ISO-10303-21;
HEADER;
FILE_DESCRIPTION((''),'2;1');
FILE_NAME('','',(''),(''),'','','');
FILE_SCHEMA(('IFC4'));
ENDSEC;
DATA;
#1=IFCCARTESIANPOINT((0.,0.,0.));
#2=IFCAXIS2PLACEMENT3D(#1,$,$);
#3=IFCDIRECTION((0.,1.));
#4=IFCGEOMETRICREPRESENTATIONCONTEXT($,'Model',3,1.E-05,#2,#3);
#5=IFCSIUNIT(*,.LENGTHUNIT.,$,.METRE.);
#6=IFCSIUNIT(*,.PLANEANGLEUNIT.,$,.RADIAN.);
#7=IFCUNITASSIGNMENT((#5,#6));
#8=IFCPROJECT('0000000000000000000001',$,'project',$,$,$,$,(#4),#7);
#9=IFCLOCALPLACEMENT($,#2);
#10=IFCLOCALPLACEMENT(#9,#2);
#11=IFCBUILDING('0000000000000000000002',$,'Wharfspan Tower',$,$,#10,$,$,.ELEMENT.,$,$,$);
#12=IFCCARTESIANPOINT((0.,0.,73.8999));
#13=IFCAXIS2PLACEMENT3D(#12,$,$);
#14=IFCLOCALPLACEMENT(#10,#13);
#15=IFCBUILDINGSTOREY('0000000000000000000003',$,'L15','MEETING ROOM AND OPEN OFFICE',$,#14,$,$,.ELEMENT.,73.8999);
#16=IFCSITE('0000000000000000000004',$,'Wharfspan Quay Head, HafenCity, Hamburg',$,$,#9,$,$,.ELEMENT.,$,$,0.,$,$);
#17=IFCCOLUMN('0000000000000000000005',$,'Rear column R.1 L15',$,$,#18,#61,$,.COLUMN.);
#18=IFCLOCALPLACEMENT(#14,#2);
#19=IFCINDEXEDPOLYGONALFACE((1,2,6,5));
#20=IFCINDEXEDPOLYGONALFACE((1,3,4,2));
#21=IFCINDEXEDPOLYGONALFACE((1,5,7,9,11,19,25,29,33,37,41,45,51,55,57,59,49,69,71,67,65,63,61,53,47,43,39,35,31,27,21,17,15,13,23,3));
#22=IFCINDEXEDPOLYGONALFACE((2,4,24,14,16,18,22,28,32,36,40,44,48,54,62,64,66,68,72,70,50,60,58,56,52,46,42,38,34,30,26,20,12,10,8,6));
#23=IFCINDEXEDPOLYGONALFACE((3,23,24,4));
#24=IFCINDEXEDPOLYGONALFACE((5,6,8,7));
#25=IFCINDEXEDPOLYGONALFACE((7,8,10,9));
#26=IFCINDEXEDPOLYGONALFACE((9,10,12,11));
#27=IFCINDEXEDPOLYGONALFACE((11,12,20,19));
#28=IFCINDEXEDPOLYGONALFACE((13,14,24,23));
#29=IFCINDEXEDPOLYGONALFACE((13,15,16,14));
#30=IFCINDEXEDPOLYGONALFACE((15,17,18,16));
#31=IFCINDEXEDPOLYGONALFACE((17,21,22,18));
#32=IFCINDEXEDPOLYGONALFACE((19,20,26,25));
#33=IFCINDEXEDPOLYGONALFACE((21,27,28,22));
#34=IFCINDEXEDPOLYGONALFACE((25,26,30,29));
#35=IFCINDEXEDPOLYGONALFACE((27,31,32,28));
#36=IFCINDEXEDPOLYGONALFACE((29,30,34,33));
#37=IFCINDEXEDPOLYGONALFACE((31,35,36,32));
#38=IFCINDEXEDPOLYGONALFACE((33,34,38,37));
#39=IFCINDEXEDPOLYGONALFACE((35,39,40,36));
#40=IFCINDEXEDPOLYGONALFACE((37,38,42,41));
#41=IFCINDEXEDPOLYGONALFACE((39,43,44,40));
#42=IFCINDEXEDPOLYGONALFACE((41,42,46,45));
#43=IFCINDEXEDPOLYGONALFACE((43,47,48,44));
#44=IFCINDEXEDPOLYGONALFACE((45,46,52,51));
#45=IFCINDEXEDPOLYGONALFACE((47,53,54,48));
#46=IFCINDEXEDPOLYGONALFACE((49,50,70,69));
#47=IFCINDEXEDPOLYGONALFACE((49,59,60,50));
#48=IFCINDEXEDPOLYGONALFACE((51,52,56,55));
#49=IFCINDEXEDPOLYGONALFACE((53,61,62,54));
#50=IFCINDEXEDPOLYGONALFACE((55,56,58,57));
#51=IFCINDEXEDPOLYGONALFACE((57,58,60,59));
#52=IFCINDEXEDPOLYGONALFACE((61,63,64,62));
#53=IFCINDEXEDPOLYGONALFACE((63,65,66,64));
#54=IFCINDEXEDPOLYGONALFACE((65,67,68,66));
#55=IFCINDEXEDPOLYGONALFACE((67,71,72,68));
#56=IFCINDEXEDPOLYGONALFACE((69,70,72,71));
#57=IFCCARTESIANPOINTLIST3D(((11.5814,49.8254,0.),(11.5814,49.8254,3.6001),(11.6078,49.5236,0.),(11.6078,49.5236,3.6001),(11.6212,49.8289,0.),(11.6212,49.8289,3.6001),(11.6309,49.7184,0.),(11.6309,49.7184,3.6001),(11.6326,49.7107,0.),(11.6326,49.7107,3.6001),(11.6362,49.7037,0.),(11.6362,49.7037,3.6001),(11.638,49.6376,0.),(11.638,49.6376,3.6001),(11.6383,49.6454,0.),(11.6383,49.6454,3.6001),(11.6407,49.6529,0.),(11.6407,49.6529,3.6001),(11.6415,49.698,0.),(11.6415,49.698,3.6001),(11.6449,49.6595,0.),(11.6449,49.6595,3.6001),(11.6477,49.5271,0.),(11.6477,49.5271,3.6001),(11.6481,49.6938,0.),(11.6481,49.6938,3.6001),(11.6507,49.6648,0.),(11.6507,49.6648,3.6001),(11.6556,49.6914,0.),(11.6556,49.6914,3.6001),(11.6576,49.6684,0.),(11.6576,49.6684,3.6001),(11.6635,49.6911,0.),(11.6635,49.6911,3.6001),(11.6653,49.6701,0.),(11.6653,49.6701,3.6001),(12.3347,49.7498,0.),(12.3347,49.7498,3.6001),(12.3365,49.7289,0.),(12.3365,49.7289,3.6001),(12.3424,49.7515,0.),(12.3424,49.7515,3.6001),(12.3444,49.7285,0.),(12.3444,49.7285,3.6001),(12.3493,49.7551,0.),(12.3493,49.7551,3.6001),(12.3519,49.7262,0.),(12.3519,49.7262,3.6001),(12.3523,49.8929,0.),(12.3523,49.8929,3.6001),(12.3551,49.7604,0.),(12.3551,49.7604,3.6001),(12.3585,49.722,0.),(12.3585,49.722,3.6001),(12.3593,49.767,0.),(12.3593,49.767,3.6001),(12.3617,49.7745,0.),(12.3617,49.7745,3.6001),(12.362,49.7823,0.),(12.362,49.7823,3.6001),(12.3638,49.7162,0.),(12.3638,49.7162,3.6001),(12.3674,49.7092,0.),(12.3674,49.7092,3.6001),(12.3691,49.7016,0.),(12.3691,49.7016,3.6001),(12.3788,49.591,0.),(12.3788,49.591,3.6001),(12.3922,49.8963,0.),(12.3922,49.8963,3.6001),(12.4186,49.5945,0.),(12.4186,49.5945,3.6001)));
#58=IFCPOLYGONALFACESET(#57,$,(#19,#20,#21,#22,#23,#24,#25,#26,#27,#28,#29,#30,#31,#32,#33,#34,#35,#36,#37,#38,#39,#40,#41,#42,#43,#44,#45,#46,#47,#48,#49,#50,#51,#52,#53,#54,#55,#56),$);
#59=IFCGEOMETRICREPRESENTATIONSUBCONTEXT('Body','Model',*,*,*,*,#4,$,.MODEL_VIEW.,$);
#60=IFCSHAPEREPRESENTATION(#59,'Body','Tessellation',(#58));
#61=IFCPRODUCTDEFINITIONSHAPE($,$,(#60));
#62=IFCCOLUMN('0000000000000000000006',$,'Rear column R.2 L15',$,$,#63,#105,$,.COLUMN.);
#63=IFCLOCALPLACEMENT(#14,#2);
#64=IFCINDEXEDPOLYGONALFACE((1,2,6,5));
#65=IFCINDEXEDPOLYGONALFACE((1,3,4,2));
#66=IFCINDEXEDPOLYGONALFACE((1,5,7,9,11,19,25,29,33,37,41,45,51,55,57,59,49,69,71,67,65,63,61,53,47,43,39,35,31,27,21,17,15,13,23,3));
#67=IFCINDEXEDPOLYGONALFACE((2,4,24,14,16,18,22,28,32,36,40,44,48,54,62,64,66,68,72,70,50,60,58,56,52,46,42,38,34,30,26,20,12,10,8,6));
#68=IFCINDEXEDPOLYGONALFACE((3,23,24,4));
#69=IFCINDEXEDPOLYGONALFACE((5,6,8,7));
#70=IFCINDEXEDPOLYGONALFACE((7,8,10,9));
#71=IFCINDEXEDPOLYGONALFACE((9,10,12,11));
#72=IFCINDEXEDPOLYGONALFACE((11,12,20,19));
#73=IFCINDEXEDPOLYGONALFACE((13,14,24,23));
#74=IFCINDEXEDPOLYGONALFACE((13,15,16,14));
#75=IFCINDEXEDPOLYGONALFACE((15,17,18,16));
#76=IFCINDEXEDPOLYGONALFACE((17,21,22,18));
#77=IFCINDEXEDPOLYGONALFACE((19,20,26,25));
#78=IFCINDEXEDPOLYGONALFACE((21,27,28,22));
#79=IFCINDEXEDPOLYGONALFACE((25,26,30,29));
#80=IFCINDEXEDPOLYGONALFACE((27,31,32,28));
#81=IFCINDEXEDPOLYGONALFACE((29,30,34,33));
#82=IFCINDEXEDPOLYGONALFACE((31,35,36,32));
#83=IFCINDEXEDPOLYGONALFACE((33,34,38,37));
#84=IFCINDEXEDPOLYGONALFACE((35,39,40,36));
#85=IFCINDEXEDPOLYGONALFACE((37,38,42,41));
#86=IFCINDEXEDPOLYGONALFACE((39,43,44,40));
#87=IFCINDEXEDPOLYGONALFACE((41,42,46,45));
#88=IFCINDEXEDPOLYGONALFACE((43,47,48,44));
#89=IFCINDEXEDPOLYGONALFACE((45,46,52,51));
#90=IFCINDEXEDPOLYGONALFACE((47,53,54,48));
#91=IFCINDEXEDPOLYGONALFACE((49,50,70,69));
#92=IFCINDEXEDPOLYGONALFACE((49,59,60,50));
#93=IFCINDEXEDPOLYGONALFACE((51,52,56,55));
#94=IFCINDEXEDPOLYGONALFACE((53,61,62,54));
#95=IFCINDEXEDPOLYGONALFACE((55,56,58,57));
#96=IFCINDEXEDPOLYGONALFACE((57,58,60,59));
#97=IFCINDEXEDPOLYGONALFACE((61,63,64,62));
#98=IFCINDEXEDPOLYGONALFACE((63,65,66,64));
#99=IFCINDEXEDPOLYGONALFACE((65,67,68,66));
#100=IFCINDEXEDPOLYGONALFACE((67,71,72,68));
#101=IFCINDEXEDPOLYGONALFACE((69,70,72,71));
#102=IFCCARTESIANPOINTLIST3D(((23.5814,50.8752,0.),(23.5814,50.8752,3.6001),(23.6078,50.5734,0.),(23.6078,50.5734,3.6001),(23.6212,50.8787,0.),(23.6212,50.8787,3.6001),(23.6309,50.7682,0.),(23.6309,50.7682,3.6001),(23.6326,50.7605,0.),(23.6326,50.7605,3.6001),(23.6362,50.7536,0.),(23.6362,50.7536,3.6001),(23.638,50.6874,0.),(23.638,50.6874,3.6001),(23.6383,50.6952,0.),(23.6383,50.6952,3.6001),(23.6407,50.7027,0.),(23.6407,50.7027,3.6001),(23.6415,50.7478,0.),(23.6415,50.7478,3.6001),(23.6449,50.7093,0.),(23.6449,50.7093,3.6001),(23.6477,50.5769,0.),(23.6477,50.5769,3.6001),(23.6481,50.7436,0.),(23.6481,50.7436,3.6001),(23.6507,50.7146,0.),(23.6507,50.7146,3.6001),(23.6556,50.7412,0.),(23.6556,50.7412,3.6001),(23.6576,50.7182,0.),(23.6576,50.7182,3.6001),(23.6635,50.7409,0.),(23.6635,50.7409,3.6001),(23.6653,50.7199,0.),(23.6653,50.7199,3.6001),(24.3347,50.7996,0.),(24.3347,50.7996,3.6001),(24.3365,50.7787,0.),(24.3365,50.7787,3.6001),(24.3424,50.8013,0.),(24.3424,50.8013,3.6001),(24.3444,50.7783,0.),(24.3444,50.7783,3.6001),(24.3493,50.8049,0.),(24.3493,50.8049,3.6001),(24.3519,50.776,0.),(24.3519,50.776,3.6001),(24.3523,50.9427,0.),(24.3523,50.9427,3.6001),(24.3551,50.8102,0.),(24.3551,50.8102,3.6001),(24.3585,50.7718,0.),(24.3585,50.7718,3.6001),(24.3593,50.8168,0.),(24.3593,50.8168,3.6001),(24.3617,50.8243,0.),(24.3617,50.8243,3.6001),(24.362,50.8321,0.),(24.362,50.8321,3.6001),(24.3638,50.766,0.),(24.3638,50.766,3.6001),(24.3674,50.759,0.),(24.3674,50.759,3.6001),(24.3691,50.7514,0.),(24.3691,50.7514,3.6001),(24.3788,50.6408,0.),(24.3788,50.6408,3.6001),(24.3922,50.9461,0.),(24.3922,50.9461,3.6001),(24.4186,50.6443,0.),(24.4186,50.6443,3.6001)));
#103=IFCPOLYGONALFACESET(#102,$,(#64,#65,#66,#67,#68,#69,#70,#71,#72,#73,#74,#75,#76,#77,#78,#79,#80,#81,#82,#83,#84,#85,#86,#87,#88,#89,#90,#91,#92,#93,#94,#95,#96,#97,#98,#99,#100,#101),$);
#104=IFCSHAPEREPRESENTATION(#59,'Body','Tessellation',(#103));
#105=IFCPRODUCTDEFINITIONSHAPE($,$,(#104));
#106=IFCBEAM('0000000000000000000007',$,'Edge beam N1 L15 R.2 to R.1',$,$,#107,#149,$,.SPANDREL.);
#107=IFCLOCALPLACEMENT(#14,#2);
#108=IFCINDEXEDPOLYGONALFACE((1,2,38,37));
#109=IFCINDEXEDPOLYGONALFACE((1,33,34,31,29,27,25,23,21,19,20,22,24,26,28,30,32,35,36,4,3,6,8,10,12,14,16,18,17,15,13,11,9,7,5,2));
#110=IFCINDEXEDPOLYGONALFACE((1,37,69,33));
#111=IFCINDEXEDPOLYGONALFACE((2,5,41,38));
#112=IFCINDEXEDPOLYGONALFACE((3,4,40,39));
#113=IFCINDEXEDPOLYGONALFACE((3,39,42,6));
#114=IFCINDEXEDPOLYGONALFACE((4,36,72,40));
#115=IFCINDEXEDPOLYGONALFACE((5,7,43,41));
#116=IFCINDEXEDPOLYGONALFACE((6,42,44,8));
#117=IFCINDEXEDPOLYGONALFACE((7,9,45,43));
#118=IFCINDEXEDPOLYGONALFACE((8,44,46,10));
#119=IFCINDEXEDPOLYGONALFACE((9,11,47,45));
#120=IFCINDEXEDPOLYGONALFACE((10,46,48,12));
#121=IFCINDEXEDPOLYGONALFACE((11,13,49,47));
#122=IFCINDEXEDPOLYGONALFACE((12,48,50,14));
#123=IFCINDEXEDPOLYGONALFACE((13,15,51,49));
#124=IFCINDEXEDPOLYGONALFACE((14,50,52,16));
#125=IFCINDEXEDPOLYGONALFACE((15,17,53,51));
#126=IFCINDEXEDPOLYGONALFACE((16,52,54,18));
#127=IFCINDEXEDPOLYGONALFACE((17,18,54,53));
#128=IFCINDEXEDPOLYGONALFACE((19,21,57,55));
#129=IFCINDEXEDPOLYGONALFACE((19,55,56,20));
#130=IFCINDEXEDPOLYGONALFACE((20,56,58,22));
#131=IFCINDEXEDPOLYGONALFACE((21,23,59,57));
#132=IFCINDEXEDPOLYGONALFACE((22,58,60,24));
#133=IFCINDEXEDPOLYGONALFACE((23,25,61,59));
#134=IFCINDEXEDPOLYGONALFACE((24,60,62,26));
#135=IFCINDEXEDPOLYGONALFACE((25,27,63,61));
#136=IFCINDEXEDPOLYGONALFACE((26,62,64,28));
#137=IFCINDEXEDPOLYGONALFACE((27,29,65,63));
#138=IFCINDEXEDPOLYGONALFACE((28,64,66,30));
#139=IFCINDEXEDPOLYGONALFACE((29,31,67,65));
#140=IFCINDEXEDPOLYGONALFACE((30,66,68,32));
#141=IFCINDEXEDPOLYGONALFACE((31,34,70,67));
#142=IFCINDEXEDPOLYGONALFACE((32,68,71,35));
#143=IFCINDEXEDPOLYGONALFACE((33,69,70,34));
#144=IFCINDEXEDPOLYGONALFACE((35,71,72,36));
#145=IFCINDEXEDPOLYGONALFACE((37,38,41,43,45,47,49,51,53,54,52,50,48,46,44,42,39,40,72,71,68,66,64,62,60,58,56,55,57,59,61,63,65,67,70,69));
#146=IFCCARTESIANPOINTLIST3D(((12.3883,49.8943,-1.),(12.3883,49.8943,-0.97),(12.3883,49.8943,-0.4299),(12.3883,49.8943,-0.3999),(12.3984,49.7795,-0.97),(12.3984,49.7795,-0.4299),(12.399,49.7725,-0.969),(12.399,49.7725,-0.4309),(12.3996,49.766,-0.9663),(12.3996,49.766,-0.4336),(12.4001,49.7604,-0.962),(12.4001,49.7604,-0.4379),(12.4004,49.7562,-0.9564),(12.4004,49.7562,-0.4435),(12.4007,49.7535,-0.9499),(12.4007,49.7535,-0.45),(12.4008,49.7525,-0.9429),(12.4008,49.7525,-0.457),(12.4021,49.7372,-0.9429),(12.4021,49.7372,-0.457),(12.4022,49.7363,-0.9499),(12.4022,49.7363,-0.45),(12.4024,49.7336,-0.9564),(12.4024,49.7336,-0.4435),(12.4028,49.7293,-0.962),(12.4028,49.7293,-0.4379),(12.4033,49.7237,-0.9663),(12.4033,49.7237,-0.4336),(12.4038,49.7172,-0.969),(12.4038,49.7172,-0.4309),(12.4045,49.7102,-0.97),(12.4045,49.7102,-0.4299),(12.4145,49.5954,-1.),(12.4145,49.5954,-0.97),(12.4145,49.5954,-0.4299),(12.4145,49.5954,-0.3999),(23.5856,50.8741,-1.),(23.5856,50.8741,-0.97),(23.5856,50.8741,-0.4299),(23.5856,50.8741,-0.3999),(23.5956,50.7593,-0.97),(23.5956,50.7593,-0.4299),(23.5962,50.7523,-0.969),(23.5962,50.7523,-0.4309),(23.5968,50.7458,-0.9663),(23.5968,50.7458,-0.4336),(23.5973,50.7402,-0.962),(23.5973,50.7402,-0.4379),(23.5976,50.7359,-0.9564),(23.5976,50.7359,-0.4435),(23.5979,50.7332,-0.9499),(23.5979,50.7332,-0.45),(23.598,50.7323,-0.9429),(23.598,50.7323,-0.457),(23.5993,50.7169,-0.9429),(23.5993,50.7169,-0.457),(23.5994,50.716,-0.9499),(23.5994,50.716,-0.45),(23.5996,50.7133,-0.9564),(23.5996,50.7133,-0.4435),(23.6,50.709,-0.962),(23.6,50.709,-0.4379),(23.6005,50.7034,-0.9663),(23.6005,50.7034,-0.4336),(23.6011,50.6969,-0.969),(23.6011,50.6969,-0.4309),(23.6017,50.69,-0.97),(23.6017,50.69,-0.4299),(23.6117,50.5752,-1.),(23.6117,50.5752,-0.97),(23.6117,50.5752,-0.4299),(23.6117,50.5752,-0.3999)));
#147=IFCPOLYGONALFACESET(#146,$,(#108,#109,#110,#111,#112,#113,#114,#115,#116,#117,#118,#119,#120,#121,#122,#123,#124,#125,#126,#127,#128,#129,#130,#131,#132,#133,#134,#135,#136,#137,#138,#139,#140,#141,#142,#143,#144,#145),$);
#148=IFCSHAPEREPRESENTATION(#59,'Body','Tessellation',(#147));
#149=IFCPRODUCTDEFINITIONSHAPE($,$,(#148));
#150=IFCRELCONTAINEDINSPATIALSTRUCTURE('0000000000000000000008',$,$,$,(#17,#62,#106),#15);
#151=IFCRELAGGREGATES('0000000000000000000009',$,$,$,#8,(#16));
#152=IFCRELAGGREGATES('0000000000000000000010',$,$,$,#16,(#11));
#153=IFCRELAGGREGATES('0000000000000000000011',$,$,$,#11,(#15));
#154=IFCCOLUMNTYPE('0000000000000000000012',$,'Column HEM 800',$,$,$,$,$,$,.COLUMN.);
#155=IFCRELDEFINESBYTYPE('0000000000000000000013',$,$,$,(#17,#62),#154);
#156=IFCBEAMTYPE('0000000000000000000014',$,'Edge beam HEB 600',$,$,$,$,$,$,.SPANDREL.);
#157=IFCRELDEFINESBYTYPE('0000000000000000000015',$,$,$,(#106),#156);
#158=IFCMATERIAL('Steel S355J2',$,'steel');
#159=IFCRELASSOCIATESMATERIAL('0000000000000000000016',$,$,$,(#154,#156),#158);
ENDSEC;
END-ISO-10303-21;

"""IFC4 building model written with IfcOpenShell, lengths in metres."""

from ifc_helpers import new_model, si_unit, direction, frame, origin, origin_2d, place, context, subcontext, project, spatial, i_section, extrude, material, material_profile, profile_set, type_object, element, save


model = new_model("IFC4")

# Units and contexts
model_context = context("Model", 3, precision=1e-05, world=origin(), true_north=direction((0.0, 1.0)))
body_context = subcontext(model_context, "Body", "Model", "MODEL_VIEW")
ifc_project = project(units=[si_unit("LENGTHUNIT", "METRE"), si_unit("PLANEANGLEUNIT", "RADIAN")], contexts=[model_context])

# Site, building, storey
site_placement = place(None, origin())
site = spatial("IfcSite", under=ifc_project, at=site_placement, Name="Wharfspan Quay Head, HafenCity, Hamburg", CompositionType="ELEMENT", RefElevation=0.0)
building_placement = place(site_placement, origin())
building = spatial("IfcBuilding", under=site, at=building_placement, Name="Wharfspan Tower", CompositionType="ELEMENT")
storey_placement = place(building_placement, frame((0.0, 0.0, 73.8999)))
storey = spatial("IfcBuildingStorey", under=building, at=storey_placement, Name="L15", Description="MEETING ROOM AND OPEN OFFICE", CompositionType="ELEMENT", Elevation=73.8999)

# Columns
ifc_material_1 = material(Name="Steel S355J2", Category="steel")
ifc_material_profile_1 = material_profile(ifc_material_1, i_section(OverallWidth=0.303, OverallDepth=0.814, WebThickness=0.021, FlangeThickness=0.04, FilletRadius=0.03, at=origin_2d()))
ifc_profile_set_1 = profile_set([ifc_material_profile_1], Name="Steel S355J2")
column_type = type_object("IfcColumnType", Name="Column HEM 800", PredefinedType="COLUMN", material=ifc_profile_set_1)
for number, where, z_axis, x_axis, name in (
    (1, (12.0, 49.71, 0.0), (0.0, 0.0, 1.0), (-0.087156, 0.996197, 0.0), "Rear column R.1 L15"),
    (2, (24.0, 50.7598, 0.0), (0.0, 0.0, 1.0), (-0.087156, 0.996197, 0.0), "Rear column R.2 L15"),
):
    element("IfcColumn", number, at=place(storey_placement, frame(where, z_axis=z_axis, x_axis=x_axis)), inside=storey, type_object=column_type, Name=name, PredefinedType="COLUMN", context=body_context, shape_type="SweptSolid", body=[
        extrude(i_section(OverallWidth=0.303, OverallDepth=0.814, WebThickness=0.021, FlangeThickness=0.04, FilletRadius=0.03, at=origin_2d()), origin(), (0.0, 0.0, 1.0), 3.6001),
    ])

# Beam
ifc_material_profile_2 = material_profile(ifc_material_1, i_section(OverallWidth=0.3, OverallDepth=0.6001, WebThickness=0.0154, FlangeThickness=0.03, FilletRadius=0.0271, at=origin_2d()))
ifc_profile_set_2 = profile_set([ifc_material_profile_2], Name="Steel S355J2")
beam_type = type_object("IfcBeamType", Name="Edge beam HEB 600", PredefinedType="SPANDREL", material=ifc_profile_set_2)
beam_placement = place(storey_placement, frame((23.5986, 50.7246, -0.7), z_axis=(-0.996194, -0.087165, 0.0), x_axis=(0.087165, -0.996194, 0.0)))
element("IfcBeam", 3, at=beam_placement, inside=storey, type_object=beam_type, Name="Edge beam N1 L15 R.2 to R.1", PredefinedType="SPANDREL", context=body_context, shape_type="SweptSolid", body=[
    extrude(i_section(OverallWidth=0.3, OverallDepth=0.6001, WebThickness=0.0154, FlangeThickness=0.03, FilletRadius=0.0271, at=origin_2d()), origin(), (0.0, 0.0, 1.0), 11.24),
])

save(model, "model.ifc")
